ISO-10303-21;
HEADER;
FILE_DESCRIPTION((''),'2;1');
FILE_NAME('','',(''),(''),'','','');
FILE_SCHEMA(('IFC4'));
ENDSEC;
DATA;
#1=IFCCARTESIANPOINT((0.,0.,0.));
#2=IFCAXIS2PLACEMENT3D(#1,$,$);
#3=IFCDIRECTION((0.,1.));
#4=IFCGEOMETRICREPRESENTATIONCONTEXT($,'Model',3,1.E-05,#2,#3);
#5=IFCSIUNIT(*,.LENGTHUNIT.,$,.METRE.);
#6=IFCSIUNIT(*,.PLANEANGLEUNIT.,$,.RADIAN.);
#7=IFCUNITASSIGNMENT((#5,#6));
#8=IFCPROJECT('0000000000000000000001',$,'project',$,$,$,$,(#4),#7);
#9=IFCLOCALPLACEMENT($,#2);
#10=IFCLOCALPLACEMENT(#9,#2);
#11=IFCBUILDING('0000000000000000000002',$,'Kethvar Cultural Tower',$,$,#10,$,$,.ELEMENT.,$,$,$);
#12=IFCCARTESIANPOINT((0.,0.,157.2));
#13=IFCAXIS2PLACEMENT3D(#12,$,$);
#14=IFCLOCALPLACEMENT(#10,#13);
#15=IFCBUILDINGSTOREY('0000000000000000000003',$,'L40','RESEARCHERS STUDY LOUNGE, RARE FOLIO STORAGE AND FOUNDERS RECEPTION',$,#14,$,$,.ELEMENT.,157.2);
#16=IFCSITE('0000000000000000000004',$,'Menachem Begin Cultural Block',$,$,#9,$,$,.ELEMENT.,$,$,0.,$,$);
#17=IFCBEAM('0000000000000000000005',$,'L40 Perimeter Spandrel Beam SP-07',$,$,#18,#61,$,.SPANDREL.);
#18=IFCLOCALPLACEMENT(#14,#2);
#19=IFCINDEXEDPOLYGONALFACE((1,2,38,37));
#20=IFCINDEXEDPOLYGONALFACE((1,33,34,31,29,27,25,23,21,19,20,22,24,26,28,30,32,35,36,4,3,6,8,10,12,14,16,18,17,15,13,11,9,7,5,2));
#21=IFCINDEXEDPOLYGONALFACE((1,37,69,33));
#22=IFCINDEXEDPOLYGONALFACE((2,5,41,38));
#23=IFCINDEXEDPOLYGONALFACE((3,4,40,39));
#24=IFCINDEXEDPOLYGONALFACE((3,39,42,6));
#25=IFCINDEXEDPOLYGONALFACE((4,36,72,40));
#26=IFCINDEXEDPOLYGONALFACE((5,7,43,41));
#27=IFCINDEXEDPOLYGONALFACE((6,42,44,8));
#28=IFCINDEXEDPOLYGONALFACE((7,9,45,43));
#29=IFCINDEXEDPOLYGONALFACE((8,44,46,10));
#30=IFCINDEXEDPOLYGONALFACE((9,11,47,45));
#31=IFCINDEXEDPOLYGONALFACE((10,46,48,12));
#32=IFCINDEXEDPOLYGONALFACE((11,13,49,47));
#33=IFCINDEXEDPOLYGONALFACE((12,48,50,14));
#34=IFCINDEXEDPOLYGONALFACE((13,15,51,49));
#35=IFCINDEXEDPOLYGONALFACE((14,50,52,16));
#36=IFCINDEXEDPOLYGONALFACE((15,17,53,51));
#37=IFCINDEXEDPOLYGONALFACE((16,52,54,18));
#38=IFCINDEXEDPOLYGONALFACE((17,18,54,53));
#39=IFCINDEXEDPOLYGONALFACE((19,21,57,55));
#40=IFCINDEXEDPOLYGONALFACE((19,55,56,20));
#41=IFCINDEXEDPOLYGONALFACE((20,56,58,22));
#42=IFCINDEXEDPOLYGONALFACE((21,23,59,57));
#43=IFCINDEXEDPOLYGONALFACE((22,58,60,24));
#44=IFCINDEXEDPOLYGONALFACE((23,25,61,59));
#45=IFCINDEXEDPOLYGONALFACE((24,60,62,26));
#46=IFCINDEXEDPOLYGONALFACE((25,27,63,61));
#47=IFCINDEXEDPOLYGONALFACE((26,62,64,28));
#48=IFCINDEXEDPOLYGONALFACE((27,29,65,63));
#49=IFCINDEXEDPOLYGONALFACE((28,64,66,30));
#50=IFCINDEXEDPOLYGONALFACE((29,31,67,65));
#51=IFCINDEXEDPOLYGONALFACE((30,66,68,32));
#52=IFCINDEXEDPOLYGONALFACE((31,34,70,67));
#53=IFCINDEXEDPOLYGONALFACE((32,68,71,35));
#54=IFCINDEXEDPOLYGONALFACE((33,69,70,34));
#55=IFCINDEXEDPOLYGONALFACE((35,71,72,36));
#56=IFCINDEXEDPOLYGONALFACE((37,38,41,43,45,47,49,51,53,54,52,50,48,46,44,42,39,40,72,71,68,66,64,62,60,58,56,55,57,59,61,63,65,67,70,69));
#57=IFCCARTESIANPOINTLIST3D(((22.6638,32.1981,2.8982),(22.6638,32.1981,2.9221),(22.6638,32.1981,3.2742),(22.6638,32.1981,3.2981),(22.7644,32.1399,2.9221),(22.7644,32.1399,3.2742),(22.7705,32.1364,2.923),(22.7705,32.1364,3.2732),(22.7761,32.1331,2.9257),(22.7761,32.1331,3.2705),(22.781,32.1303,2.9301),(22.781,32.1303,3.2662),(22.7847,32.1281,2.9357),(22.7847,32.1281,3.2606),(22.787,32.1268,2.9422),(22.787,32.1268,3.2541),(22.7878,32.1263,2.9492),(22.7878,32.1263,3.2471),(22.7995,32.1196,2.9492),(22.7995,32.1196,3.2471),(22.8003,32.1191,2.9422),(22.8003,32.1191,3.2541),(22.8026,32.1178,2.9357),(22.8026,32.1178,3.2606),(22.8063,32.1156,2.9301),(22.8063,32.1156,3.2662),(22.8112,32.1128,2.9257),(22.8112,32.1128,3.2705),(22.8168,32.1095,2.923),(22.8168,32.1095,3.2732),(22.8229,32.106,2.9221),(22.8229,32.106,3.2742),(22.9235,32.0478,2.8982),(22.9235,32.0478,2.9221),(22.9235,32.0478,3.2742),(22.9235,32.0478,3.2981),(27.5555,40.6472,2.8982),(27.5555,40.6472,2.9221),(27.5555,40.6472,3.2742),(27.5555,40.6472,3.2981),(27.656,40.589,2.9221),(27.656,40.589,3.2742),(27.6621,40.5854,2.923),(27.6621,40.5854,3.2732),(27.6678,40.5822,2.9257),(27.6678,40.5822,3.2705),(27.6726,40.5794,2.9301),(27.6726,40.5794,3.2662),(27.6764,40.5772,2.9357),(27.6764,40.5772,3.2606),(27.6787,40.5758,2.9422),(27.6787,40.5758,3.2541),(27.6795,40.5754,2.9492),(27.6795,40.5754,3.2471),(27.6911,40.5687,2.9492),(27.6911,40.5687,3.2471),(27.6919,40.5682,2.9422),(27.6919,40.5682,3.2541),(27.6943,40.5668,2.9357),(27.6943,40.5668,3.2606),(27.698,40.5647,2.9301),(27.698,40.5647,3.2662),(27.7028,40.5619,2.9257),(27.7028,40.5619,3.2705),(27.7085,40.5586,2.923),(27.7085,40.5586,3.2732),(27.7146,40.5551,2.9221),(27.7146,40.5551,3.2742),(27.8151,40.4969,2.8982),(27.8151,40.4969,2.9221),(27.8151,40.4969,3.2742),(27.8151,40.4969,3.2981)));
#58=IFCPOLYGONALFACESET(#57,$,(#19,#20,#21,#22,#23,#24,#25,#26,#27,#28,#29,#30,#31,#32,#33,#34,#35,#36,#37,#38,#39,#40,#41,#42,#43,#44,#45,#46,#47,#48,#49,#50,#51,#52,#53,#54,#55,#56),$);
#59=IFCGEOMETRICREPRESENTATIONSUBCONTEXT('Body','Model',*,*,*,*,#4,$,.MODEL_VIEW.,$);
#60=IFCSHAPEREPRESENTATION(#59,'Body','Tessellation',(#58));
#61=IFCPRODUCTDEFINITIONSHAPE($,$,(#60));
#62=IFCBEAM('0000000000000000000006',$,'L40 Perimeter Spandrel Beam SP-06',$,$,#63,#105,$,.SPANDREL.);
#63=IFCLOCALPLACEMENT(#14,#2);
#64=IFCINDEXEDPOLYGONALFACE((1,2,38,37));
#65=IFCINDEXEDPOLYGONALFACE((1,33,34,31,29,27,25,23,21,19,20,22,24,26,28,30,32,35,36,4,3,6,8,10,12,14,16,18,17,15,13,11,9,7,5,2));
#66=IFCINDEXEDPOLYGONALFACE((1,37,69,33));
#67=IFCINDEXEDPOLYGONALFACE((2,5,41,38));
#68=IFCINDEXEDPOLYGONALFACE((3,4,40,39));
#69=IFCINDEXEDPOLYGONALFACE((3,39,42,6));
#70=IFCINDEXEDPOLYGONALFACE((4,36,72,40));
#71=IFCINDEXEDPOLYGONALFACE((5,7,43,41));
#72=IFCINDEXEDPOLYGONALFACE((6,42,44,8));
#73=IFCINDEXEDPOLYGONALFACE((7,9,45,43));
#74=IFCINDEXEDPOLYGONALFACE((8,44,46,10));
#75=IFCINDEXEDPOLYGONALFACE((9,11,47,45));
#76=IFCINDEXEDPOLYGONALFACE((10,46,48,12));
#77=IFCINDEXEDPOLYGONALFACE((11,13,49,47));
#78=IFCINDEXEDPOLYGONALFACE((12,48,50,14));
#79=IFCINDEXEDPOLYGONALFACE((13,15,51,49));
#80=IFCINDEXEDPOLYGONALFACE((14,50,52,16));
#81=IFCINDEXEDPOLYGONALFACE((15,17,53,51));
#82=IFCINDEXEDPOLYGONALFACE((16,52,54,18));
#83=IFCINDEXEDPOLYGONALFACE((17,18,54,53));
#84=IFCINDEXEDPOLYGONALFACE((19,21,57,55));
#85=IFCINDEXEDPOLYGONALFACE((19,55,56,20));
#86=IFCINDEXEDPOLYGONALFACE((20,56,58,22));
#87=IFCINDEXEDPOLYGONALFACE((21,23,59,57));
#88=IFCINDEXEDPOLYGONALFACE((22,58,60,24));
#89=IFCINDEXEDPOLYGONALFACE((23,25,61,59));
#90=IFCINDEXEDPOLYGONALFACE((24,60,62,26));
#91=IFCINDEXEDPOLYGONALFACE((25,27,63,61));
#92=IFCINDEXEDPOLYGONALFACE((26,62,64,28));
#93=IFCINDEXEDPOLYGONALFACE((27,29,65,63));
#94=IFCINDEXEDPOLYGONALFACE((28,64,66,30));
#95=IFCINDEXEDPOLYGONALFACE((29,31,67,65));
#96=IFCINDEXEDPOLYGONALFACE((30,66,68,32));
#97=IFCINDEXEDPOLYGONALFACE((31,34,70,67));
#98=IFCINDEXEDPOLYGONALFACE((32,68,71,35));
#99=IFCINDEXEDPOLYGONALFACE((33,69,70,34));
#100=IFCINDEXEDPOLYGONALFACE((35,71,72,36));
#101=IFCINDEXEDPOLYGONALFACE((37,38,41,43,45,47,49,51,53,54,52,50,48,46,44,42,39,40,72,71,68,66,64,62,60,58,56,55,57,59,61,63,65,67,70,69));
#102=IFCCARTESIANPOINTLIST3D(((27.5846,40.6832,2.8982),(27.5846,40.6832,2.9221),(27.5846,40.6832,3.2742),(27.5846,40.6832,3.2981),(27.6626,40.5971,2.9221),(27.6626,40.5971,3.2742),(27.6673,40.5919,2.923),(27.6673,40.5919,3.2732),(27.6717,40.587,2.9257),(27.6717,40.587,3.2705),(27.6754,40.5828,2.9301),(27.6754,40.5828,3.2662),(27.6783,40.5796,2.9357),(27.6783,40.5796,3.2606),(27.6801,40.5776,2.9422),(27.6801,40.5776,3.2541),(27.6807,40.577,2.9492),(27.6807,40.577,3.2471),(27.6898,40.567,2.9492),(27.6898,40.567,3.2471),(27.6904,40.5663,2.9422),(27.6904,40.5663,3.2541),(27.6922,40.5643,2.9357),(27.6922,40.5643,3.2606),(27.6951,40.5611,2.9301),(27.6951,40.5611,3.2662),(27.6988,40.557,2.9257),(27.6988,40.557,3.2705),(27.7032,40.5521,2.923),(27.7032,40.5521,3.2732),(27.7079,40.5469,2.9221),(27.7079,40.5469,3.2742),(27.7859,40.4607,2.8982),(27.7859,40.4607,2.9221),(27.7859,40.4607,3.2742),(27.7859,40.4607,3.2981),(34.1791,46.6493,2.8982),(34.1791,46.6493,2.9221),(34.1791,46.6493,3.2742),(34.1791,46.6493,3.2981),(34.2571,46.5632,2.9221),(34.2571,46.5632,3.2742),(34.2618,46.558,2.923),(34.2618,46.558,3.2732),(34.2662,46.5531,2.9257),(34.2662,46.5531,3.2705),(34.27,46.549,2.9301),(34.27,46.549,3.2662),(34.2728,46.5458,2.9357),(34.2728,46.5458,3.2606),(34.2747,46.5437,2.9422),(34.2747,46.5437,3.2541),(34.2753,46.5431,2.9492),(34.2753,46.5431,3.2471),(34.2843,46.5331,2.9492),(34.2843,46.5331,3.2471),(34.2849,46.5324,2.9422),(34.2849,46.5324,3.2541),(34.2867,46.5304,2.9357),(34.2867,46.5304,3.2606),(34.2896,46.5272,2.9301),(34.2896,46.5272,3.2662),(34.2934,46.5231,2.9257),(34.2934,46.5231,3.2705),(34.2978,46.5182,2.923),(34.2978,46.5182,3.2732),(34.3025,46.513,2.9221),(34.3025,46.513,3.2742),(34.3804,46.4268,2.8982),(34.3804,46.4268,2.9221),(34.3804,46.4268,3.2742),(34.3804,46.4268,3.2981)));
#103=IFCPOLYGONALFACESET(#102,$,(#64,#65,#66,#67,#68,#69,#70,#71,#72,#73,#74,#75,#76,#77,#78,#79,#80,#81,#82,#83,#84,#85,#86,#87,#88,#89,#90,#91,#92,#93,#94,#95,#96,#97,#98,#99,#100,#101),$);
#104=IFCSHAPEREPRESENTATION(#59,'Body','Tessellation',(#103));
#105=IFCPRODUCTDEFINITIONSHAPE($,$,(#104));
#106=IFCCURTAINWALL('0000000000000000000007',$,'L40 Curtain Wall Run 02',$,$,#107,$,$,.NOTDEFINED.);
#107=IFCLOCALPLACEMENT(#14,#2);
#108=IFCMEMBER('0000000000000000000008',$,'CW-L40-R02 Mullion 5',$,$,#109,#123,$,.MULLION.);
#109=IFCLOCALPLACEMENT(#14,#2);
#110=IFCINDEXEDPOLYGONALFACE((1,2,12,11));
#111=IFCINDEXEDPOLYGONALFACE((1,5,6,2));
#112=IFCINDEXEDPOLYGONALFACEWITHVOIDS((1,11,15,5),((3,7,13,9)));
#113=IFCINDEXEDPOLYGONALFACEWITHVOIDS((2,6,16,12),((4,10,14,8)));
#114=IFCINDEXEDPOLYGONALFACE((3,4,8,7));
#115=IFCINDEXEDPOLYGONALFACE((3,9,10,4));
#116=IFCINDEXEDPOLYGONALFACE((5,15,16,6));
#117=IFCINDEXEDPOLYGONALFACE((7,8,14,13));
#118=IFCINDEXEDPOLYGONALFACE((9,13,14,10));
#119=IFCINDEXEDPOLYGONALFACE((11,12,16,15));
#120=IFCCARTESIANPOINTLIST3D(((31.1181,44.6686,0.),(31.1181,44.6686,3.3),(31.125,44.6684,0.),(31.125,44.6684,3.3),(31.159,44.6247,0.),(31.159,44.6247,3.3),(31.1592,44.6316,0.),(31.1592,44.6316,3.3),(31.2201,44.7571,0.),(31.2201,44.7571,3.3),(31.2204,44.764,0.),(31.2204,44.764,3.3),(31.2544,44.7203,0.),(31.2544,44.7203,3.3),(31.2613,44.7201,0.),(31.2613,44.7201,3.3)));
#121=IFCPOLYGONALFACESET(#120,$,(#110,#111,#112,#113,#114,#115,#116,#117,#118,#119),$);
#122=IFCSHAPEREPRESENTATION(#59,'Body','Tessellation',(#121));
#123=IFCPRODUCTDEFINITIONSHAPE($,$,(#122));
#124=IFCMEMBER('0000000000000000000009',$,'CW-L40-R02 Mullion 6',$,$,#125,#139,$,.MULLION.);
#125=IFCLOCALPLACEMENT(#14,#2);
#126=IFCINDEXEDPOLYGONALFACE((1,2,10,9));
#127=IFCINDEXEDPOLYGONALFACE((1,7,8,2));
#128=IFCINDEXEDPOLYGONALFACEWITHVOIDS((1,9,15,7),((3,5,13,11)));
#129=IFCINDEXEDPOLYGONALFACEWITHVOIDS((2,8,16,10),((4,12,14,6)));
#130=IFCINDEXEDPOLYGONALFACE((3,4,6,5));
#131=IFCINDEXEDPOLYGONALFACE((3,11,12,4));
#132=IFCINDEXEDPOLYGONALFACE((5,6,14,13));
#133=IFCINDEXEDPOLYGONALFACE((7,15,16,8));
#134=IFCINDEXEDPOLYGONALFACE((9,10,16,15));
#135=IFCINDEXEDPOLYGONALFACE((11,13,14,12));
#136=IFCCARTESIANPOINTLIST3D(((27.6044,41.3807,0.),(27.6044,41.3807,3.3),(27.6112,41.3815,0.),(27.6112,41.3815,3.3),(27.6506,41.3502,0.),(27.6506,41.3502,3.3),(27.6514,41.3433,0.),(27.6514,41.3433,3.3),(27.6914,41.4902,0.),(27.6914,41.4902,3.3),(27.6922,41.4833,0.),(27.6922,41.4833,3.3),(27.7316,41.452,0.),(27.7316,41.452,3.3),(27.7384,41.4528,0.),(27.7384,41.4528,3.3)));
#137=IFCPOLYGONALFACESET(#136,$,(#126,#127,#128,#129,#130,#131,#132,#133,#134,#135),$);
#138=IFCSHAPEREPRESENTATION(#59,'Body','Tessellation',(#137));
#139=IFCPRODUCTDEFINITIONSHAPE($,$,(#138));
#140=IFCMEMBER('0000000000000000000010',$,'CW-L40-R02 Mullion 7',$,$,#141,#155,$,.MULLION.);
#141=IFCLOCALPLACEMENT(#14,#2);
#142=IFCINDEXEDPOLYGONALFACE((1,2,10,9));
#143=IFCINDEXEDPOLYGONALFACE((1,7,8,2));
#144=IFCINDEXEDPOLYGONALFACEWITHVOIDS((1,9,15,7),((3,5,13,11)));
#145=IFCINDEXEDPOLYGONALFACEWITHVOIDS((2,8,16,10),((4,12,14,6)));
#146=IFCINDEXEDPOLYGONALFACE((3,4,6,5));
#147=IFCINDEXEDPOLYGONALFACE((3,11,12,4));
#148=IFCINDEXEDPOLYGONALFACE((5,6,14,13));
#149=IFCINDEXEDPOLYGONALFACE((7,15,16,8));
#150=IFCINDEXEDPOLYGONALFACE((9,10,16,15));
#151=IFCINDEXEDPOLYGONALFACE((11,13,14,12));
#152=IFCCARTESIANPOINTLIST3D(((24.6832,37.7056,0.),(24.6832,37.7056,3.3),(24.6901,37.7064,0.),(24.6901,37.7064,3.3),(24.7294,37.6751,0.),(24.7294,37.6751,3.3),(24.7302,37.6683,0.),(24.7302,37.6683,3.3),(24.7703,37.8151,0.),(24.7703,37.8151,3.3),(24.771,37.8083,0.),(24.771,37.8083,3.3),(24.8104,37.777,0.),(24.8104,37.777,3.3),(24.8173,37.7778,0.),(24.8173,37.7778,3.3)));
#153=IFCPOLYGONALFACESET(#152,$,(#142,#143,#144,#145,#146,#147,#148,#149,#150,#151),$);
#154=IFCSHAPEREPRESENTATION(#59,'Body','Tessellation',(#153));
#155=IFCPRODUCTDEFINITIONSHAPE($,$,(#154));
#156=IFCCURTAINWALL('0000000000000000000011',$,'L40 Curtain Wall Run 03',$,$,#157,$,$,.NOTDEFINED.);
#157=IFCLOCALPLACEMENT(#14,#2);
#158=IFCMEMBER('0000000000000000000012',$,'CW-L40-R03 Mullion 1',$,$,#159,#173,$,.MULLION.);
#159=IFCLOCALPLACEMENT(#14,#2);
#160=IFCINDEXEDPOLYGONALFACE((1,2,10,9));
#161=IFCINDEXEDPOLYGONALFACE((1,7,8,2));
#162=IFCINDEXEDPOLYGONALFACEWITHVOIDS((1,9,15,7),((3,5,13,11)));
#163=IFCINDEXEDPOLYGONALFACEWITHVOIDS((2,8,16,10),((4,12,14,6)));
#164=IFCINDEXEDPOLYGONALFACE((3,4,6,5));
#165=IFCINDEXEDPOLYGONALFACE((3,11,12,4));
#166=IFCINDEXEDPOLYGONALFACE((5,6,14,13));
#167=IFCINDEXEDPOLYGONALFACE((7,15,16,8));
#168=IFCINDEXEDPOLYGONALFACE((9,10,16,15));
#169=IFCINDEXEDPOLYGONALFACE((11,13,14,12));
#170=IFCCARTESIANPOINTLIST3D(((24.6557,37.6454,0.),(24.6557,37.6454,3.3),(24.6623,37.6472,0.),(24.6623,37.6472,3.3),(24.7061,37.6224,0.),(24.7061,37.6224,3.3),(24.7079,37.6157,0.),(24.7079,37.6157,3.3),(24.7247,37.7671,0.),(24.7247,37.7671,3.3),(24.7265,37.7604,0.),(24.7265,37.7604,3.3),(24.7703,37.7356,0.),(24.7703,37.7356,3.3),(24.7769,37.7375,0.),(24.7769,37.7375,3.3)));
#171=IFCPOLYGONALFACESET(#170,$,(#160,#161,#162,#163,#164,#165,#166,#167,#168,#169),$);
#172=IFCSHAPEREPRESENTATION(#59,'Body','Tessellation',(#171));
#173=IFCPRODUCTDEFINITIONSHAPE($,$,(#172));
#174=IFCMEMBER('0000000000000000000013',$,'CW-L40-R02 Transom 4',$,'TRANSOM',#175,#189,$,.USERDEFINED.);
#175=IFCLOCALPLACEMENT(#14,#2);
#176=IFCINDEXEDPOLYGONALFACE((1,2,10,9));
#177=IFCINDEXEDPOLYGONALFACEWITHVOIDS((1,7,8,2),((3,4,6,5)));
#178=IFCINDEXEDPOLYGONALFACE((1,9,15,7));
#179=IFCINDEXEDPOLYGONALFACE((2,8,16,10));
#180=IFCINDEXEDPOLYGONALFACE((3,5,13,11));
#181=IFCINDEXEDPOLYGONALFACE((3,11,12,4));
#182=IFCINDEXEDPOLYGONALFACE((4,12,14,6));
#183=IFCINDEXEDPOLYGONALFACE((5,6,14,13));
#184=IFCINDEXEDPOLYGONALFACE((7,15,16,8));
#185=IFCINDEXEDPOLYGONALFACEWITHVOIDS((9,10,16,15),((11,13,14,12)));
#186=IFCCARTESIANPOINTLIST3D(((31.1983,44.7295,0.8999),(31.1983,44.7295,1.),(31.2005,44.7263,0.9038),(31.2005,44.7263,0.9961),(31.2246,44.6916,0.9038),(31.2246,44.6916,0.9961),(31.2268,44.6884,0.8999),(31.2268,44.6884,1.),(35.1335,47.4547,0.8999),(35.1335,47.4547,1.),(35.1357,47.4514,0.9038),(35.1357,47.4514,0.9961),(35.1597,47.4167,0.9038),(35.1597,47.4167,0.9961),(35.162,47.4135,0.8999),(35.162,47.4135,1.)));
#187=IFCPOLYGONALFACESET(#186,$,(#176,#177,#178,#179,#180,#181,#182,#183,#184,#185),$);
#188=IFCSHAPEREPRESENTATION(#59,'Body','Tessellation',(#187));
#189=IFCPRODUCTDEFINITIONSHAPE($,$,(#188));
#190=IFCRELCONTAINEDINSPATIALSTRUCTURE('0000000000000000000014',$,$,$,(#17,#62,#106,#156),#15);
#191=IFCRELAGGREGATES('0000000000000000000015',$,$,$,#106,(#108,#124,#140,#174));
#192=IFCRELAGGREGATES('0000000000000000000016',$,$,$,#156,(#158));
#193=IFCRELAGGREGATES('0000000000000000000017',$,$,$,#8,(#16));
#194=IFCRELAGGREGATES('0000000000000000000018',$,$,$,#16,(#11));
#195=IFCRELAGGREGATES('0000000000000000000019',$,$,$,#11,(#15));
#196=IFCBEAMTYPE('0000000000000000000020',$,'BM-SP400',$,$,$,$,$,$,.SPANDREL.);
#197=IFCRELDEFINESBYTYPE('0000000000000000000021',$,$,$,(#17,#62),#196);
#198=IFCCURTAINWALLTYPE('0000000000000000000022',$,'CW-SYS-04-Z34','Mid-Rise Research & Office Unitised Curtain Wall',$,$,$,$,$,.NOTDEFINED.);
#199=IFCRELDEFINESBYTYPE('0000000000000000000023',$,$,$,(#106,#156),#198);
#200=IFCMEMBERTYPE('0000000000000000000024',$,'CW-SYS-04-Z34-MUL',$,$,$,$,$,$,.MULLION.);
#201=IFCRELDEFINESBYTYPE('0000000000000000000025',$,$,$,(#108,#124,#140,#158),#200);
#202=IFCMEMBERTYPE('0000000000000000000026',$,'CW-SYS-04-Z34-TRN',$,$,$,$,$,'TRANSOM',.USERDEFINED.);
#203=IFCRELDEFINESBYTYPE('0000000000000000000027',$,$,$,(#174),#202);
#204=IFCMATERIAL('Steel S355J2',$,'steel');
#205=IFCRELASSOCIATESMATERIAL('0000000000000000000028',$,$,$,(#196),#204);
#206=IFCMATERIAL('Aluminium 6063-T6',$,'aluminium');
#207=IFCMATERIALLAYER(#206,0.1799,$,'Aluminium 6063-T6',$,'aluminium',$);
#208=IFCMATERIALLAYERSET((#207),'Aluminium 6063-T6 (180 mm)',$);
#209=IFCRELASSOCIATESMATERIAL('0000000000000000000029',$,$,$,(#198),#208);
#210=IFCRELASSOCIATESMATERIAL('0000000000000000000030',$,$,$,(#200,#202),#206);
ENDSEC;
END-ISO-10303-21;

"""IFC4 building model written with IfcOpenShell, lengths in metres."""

from ifc_helpers import new_model, si_unit, direction, frame, origin, origin_2d, place, context, subcontext, project, spatial, hollow_rectangle, i_section, extrude, source, transform, mapped, material, layer, layer_set, material_profile, profile_set, type_object, element, aggregate, save


model = new_model("IFC4")

# Units and contexts
model_context = context("Model", 3, precision=1e-05, world=origin(), true_north=direction((0.0, 1.0)))
body_context = subcontext(model_context, "Body", "Model", "MODEL_VIEW")
ifc_project = project(units=[si_unit("LENGTHUNIT", "METRE"), si_unit("PLANEANGLEUNIT", "RADIAN")], contexts=[model_context])

# Site, building, storey
site_placement = place(None, origin())
site = spatial("IfcSite", under=ifc_project, at=site_placement, Name="Menachem Begin Cultural Block", CompositionType="ELEMENT", RefElevation=0.0)
building_placement = place(site_placement, origin())
building = spatial("IfcBuilding", under=site, at=building_placement, Name="Kethvar Cultural Tower", CompositionType="ELEMENT")
storey_placement = place(building_placement, frame((0.0, 0.0, 157.2)))
storey = spatial("IfcBuildingStorey", under=building, at=storey_placement, Name="L40", Description="RESEARCHERS STUDY LOUNGE, RARE FOLIO STORAGE AND FOUNDERS RECEPTION", CompositionType="ELEMENT", Elevation=157.2)

# Beams
ifc_material_1 = material(Name="Steel S355J2", Category="steel")
ifc_material_profile_1 = material_profile(ifc_material_1, i_section(OverallWidth=0.3, OverallDepth=0.3999, WebThickness=0.0134, FlangeThickness=0.0239, FilletRadius=0.0271, at=origin_2d()), Name="Steel S355J2 — HEB400")
ifc_profile_set_1 = profile_set([ifc_material_profile_1], Name="Steel S355J2 — HEB400")
beam_type_1 = type_object("IfcBeamType", Name="BM-SP400", PredefinedType="SPANDREL", material=ifc_profile_set_1)
shared_shape_1 = source(origin(), body_context, "Body", "SweptSolid", [
    extrude(i_section(OverallWidth=0.3, OverallDepth=0.3999, WebThickness=0.0134, FlangeThickness=0.0239, FilletRadius=0.0271, at=origin_2d()), origin(), (0.0, 0.0, 1.0), 9.7629),
])
beam_1_placement = place(storey_placement, frame((27.6853, 40.572, 3.0981), z_axis=(-0.501043, -0.865422, 0.0), x_axis=(0.865422, -0.501043, 0.0)))
element("IfcBeam", 1, at=beam_1_placement, inside=storey, type_object=beam_type_1, Name="L40 Perimeter Spandrel Beam SP-07", PredefinedType="SPANDREL", context=body_context, shape_type="MappedRepresentation", body=[
    mapped(shared_shape_1, transform((0.0, 0.0, 0.0), scale=1.0)),
])
shared_shape_2 = source(origin(), body_context, "Body", "SweptSolid", [
    extrude(i_section(OverallWidth=0.3, OverallDepth=0.3999, WebThickness=0.0134, FlangeThickness=0.0239, FilletRadius=0.0271, at=origin_2d()), origin(), (0.0, 0.0, 1.0), 8.8928),
])
beam_2_placement = place(storey_placement, frame((34.2798, 46.5381, 3.0981), z_axis=(-0.741557, -0.67089, 0.0), x_axis=(0.67089, -0.741557, 0.0)))
element("IfcBeam", 2, at=beam_2_placement, inside=storey, type_object=beam_type_1, Name="L40 Perimeter Spandrel Beam SP-06", PredefinedType="SPANDREL", context=body_context, shape_type="MappedRepresentation", body=[
    mapped(shared_shape_2, transform((0.0, 0.0, 0.0), scale=1.0)),
])

# Curtain wall, members
ifc_material_2 = material(Name="Aluminium 6063-T6", Category="aluminium")
ifc_layer_1 = layer(ifc_material_2, 0.1799, Name="Aluminium 6063-T6", Category="aluminium")
ifc_layer_set_1 = layer_set([ifc_layer_1], Name="Aluminium 6063-T6 (180 mm)")
curtain_wall_type = type_object("IfcCurtainWallType", Name="CW-SYS-04-Z34", Description="Mid-Rise Research & Office Unitised Curtain Wall", PredefinedType="NOTDEFINED", material=ifc_layer_set_1)
curtain_wall_1_placement = place(storey_placement, origin())
curtain_wall_1 = element("IfcCurtainWall", 3, at=curtain_wall_1_placement, inside=storey, type_object=curtain_wall_type, Name="L40 Curtain Wall Run 02", PredefinedType="NOTDEFINED")
ifc_material_profile_2 = material_profile(ifc_material_2, hollow_rectangle(XDim=0.0601, YDim=0.1399, WallThickness=0.0049, at=origin_2d()), Name="Aluminium 6063-T6 — RHS140x60x5")
ifc_profile_set_2 = profile_set([ifc_material_profile_2], Name="Aluminium 6063-T6 — RHS140x60x5")
member_type_1 = type_object("IfcMemberType", Name="CW-SYS-04-Z34-MUL", PredefinedType="MULLION", material=ifc_profile_set_2)
shared_shape_3 = source(origin(), body_context, "Body", "SweptSolid", [
    extrude(hollow_rectangle(XDim=0.0601, YDim=0.1399, WallThickness=0.0049, at=origin_2d()), origin(), (0.0, 0.0, 1.0), 3.3),
])
member_1_placement = place(storey_placement, frame((31.1897, 44.6943, 0.0), z_axis=(0.0, 0.0, 1.0), x_axis=(0.681845, -0.731497, 0.0)))
member_1 = element("IfcMember", 4, at=member_1_placement, type_object=member_type_1, Name="CW-L40-R02 Mullion 5", PredefinedType="MULLION", context=body_context, shape_type="MappedRepresentation", body=[
    mapped(shared_shape_3, transform((0.0, 0.0, 0.0), scale=1.0)),
])
member_2_placement = place(storey_placement, frame((27.6714, 41.4167, 0.0), z_axis=(0.0, 0.0, 1.0), x_axis=(0.782836, -0.622228, 0.0)))
member_2 = element("IfcMember", 5, at=member_2_placement, type_object=member_type_1, Name="CW-L40-R02 Mullion 6", PredefinedType="MULLION", context=body_context, shape_type="MappedRepresentation", body=[
    mapped(shared_shape_3, transform((0.0, 0.0, 0.0), scale=1.0)),
])
member_3_placement = place(storey_placement, frame((24.7502, 37.7417, 0.0), z_axis=(0.0, 0.0, 1.0), x_axis=(0.782836, -0.622228, 0.0)))
member_3 = element("IfcMember", 6, at=member_3_placement, type_object=member_type_1, Name="CW-L40-R02 Mullion 7", PredefinedType="MULLION", context=body_context, shape_type="MappedRepresentation", body=[
    mapped(shared_shape_3, transform((0.0, 0.0, 0.0), scale=1.0)),
])

# Curtain wall, member
curtain_wall_2_placement = place(storey_placement, origin())
curtain_wall_2 = element("IfcCurtainWall", 7, at=curtain_wall_2_placement, inside=storey, type_object=curtain_wall_type, Name="L40 Curtain Wall Run 03", PredefinedType="NOTDEFINED")
member_4_placement = place(storey_placement, frame((24.7163, 37.6914, 0.0), z_axis=(0.0, 0.0, 1.0), x_axis=(0.869977, -0.493092, 0.0)))
member_4 = element("IfcMember", 8, at=member_4_placement, type_object=member_type_1, Name="CW-L40-R03 Mullion 1", PredefinedType="MULLION", context=body_context, shape_type="MappedRepresentation", body=[
    mapped(shared_shape_3, transform((0.0, 0.0, 0.0), scale=1.0)),
])

# Member
ifc_material_profile_3 = material_profile(ifc_material_2, hollow_rectangle(XDim=0.05, YDim=0.1001, WallThickness=0.0039, at=origin_2d()), Name="Aluminium 6063-T6 — RHS100x50x4")
ifc_profile_set_3 = profile_set([ifc_material_profile_3], Name="Aluminium 6063-T6 — RHS100x50x4")
member_type_2 = type_object("IfcMemberType", Name="CW-SYS-04-Z34-TRN", ElementType="TRANSOM", PredefinedType="USERDEFINED", material=ifc_profile_set_3)
shared_shape_4 = source(origin(), body_context, "Body", "SweptSolid", [
    extrude(hollow_rectangle(XDim=0.05, YDim=0.1001, WallThickness=0.0039, at=origin_2d()), origin(), (0.0, 0.0, 1.0), 4.7866),
])
member_5_placement = place(storey_placement, frame((35.1477, 47.4341, 0.95), z_axis=(-0.822111, -0.569327, 0.0), x_axis=(0.569327, -0.822111, 0.0)))
member_5 = element("IfcMember", 9, at=member_5_placement, type_object=member_type_2, Name="CW-L40-R02 Transom 4", ObjectType="TRANSOM", PredefinedType="USERDEFINED", context=body_context, shape_type="MappedRepresentation", body=[
    mapped(shared_shape_4, transform((0.0, 0.0, 0.0), scale=1.0)),
])

aggregate(curtain_wall_1, [member_1, member_2, member_3, member_5])
aggregate(curtain_wall_2, [member_4])

save(model, "model.ifc")
